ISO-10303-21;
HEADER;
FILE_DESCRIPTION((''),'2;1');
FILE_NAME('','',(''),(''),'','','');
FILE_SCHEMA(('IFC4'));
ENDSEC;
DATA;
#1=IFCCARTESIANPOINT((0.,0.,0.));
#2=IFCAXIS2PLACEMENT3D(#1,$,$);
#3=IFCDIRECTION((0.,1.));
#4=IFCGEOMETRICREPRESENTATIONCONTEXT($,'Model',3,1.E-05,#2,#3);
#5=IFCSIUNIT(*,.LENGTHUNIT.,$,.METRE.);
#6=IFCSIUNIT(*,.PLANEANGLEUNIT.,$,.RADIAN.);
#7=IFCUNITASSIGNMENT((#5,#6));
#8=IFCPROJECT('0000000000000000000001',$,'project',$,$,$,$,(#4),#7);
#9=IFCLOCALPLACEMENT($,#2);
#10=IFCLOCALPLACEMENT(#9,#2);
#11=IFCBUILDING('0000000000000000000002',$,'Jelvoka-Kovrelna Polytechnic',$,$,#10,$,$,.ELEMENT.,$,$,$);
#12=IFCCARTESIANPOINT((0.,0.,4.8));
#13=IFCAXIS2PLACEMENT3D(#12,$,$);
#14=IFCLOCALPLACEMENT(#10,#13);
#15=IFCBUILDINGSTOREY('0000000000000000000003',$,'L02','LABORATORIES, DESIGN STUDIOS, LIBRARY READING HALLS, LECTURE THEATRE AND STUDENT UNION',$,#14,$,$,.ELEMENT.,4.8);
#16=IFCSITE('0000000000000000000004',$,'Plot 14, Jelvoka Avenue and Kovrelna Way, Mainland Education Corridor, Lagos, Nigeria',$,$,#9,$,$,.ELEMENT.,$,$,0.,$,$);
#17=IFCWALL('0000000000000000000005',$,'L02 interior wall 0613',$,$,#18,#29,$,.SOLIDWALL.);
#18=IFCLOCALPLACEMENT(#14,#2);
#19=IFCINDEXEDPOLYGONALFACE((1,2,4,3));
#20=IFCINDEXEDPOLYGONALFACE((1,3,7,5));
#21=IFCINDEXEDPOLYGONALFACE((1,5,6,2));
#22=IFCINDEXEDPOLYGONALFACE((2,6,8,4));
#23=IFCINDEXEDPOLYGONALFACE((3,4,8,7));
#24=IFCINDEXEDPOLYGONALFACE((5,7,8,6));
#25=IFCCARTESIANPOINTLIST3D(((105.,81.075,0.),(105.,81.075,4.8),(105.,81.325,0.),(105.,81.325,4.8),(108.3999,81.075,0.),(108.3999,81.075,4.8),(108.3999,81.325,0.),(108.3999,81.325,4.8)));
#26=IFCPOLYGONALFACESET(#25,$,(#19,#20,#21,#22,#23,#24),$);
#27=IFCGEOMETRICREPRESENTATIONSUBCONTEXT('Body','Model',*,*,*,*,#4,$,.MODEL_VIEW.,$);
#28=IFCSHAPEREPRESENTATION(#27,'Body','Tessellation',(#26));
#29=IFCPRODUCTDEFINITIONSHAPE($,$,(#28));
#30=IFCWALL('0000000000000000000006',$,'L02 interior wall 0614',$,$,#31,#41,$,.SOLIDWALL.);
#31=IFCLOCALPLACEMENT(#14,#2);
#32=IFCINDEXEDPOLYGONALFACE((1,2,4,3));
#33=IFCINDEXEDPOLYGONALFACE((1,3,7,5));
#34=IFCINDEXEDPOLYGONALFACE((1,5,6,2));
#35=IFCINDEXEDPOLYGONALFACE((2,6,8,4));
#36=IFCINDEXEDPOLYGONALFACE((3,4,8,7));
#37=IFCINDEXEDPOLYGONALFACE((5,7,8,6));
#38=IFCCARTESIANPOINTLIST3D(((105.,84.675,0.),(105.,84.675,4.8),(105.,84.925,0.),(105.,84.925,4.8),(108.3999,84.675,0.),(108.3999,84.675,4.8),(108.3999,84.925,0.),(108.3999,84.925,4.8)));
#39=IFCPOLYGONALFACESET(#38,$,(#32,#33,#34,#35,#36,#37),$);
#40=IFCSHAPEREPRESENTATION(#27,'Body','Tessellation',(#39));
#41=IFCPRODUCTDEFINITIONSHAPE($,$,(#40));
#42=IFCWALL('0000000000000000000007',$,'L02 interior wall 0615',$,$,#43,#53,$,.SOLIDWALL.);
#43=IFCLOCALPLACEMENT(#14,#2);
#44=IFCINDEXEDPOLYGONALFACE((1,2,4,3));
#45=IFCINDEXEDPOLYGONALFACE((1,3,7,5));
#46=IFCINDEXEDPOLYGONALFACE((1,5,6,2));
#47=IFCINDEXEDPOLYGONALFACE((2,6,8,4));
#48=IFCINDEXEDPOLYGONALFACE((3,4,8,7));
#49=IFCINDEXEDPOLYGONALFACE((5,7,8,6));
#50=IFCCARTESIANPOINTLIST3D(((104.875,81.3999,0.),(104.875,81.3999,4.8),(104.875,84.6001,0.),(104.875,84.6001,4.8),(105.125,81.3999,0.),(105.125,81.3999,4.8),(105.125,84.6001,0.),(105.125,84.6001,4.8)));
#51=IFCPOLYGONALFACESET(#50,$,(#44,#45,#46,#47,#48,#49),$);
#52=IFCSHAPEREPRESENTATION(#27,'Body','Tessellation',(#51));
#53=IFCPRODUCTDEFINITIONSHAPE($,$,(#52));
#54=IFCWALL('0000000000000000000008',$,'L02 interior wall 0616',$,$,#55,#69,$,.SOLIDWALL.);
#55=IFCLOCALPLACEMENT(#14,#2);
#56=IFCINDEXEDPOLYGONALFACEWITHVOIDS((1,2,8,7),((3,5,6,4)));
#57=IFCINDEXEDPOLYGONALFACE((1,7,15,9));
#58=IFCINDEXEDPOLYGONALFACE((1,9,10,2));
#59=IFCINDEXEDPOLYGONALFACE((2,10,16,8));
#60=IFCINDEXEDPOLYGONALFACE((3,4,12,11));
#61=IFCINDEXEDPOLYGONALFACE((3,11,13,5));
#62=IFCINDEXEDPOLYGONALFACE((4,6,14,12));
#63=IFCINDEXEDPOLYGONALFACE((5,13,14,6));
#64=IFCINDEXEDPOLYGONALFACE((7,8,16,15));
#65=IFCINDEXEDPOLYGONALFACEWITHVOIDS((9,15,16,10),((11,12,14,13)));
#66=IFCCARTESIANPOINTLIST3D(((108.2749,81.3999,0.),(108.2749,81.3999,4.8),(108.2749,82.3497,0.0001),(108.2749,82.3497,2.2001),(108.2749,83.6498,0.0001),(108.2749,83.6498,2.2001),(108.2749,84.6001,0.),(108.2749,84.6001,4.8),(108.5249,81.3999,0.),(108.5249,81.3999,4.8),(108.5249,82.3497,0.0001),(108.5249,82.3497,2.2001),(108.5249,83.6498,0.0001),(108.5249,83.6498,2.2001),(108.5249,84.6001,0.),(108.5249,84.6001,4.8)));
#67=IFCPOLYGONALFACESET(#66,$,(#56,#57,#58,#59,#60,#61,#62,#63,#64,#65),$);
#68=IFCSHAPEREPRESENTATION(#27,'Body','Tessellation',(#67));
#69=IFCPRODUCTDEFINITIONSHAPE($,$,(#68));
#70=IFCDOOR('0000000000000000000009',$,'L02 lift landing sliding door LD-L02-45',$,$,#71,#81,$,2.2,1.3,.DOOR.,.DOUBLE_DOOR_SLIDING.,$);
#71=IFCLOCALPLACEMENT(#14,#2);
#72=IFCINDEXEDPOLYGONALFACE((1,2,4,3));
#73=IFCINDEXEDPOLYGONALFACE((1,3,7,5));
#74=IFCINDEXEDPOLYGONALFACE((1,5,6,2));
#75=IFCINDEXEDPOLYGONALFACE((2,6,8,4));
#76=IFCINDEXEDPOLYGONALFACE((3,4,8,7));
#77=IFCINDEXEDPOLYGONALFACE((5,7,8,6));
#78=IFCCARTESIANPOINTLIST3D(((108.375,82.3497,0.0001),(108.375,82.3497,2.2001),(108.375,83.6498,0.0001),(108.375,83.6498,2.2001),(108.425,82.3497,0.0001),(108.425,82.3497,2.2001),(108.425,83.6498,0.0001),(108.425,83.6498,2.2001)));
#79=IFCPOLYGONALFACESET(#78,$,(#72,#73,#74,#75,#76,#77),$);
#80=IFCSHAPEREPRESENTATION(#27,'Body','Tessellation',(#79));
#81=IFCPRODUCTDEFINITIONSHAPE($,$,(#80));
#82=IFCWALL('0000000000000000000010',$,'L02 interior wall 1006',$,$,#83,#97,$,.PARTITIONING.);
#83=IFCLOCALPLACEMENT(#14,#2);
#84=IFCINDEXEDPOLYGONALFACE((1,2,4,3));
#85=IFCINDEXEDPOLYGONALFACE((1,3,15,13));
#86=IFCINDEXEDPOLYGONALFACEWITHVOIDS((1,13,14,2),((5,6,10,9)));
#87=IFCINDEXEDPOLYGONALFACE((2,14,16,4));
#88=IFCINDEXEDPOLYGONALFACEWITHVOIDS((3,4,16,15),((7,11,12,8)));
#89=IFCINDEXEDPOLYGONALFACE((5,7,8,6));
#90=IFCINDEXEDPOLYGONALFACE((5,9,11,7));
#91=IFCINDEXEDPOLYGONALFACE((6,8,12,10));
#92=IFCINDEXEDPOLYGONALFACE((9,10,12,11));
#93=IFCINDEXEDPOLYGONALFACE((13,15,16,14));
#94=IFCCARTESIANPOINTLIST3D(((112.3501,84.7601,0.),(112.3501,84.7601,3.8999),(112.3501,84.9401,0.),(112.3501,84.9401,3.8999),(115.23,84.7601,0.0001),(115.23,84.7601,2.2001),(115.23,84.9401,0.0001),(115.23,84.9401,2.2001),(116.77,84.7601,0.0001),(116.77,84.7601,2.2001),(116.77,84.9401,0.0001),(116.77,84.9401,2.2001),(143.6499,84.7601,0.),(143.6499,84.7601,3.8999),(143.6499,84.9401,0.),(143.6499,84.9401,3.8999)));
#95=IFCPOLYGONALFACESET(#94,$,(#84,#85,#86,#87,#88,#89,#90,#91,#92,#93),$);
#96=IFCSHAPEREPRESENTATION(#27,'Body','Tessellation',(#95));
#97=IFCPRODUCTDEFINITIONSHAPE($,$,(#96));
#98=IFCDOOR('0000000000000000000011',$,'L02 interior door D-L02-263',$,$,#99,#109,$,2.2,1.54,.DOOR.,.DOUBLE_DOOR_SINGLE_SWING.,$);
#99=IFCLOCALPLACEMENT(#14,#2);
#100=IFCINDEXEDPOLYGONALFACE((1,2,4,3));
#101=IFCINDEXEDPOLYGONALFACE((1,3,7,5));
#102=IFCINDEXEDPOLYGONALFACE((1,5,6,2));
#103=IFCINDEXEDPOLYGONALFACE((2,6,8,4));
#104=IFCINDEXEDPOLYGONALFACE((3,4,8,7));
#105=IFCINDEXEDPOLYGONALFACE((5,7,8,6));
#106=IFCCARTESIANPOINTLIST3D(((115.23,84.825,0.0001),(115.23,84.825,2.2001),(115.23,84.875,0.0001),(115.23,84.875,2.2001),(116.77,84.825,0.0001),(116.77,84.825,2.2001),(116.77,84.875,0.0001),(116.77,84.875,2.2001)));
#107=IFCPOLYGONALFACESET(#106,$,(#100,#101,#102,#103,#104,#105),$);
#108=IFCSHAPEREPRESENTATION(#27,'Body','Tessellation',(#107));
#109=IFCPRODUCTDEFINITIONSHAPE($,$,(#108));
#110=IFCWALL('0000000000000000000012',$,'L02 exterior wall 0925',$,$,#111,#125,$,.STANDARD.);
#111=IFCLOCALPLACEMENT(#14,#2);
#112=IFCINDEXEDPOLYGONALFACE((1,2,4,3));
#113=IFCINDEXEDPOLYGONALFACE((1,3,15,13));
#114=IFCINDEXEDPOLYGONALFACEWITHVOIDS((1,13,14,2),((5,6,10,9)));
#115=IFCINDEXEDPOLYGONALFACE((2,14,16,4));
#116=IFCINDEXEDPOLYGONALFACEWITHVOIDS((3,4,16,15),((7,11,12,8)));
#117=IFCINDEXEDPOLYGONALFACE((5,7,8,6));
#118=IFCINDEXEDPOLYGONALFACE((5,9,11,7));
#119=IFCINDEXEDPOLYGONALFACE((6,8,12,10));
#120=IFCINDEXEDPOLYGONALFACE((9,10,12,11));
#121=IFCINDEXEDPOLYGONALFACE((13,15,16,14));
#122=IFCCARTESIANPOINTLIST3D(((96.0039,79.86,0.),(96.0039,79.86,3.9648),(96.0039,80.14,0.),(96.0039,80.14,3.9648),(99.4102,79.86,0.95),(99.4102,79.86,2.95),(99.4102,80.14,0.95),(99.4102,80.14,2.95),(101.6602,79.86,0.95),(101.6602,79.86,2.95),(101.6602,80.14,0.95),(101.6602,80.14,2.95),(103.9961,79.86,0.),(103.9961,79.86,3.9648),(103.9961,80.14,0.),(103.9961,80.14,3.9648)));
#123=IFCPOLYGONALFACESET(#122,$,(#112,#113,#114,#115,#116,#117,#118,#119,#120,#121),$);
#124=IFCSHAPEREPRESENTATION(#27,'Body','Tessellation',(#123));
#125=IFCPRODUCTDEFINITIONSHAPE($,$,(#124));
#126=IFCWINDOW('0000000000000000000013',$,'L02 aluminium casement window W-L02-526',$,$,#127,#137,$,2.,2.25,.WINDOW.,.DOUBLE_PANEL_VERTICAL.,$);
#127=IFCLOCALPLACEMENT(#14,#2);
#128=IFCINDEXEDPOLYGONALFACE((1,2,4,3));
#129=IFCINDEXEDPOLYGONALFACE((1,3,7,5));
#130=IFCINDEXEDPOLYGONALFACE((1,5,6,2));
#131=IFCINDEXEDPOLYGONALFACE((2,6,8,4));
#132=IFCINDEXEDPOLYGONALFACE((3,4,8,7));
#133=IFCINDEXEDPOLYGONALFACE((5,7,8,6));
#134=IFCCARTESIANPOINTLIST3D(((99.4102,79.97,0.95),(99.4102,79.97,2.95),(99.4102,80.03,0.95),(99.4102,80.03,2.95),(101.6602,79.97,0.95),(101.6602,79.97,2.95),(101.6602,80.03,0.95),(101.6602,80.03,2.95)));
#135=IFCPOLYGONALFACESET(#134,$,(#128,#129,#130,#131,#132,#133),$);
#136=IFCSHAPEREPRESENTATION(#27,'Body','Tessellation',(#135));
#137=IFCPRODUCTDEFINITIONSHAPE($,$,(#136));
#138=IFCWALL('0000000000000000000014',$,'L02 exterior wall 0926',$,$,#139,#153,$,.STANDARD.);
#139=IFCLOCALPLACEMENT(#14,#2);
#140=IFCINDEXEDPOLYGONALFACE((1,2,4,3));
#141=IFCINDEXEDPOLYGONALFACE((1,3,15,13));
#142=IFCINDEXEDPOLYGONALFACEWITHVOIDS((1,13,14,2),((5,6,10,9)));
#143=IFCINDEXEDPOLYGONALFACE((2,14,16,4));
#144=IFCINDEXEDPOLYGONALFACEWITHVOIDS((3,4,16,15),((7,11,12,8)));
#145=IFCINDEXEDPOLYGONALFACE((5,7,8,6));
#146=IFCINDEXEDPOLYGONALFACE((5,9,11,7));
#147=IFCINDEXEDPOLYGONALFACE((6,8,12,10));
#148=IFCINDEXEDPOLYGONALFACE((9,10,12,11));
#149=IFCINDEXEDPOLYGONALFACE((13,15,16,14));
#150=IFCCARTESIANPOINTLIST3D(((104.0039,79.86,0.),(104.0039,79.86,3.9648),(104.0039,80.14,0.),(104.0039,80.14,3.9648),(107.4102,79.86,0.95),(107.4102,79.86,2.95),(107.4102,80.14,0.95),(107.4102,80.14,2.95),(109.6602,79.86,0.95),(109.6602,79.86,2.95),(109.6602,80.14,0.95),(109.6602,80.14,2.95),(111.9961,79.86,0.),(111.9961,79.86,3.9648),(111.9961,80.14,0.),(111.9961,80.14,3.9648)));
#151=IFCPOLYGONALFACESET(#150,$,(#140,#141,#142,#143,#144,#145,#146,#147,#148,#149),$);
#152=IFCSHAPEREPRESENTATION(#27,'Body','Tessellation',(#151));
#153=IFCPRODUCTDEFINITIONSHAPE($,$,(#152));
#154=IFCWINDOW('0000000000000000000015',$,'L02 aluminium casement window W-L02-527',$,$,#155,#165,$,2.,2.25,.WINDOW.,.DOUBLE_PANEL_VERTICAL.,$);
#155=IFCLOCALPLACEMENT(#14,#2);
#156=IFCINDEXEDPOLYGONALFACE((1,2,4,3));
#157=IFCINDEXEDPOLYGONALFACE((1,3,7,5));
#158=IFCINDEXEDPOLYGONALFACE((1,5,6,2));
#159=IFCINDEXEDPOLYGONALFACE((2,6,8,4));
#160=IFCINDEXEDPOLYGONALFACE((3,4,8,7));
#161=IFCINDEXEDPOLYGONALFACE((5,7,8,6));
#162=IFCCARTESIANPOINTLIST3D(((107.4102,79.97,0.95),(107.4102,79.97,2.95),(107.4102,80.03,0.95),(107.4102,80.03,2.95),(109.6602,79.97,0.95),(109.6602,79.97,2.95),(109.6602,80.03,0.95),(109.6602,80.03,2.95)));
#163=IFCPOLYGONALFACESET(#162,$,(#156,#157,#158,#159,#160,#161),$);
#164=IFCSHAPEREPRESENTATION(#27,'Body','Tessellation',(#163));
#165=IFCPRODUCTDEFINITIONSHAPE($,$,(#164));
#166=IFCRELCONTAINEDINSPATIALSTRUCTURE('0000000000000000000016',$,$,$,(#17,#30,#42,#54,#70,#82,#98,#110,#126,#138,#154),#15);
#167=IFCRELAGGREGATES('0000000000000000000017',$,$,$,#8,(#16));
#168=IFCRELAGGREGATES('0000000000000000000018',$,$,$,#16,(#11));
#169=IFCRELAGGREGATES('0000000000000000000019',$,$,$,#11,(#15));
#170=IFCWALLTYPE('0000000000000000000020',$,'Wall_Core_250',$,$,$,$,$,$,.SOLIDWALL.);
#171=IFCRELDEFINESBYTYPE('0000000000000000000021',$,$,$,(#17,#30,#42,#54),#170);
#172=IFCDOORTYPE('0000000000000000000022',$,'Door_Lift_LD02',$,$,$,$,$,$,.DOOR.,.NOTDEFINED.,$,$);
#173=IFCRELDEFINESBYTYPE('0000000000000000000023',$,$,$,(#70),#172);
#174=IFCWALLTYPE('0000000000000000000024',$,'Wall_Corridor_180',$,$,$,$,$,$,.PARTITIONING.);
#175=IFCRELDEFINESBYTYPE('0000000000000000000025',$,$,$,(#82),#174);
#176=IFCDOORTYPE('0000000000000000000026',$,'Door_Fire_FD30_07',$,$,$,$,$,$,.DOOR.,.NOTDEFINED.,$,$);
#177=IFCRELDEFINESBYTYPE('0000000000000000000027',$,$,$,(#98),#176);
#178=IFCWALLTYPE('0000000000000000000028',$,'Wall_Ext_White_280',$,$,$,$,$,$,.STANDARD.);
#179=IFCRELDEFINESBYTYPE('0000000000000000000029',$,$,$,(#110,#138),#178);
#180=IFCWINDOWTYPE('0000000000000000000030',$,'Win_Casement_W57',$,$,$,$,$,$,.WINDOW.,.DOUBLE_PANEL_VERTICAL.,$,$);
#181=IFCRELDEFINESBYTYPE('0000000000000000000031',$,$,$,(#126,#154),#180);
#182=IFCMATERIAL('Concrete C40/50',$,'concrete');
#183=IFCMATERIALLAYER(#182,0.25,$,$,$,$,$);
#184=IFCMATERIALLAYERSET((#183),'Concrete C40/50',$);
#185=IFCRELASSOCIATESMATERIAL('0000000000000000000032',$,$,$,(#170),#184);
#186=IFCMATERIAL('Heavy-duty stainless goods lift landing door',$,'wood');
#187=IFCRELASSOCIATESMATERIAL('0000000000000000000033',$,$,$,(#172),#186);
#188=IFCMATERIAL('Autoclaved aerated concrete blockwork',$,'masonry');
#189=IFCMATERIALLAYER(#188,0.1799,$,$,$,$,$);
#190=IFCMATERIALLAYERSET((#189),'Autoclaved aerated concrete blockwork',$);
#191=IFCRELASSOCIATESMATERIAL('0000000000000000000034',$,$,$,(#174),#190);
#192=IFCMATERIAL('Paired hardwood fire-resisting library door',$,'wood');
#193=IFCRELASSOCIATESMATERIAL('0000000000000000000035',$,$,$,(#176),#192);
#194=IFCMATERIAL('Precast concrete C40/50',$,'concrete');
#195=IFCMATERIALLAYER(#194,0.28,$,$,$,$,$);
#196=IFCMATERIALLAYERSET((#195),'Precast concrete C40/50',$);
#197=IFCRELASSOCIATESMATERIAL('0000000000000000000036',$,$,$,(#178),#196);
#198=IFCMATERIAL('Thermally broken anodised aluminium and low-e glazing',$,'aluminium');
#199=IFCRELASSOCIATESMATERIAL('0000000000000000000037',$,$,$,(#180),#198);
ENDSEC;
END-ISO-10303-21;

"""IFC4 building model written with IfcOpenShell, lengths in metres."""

from ifc_helpers import new_model, si_unit, direction, frame, frame_2d, origin, place, context, subcontext, project, spatial, rectangle, extrude, material, layer, layer_set, type_object, element, fill, save


model = new_model("IFC4")

# Units and contexts
model_context = context("Model", 3, precision=1e-05, world=origin(), true_north=direction((0.0, 1.0)))
body_context = subcontext(model_context, "Body", "Model", "MODEL_VIEW")
ifc_project = project(units=[si_unit("LENGTHUNIT", "METRE"), si_unit("PLANEANGLEUNIT", "RADIAN")], contexts=[model_context])

# Site, building, storey
site_placement = place(None, origin())
site = spatial("IfcSite", under=ifc_project, at=site_placement, Name="Plot 14, Jelvoka Avenue and Kovrelna Way, Mainland Education Corridor, Lagos, Nigeria", CompositionType="ELEMENT", RefElevation=0.0)
building_placement = place(site_placement, origin())
building = spatial("IfcBuilding", under=site, at=building_placement, Name="Jelvoka-Kovrelna Polytechnic", CompositionType="ELEMENT")
storey_placement = place(building_placement, frame((0.0, 0.0, 4.8)))
storey = spatial("IfcBuildingStorey", under=building, at=storey_placement, Name="L02", Description="LABORATORIES, DESIGN STUDIOS, LIBRARY READING HALLS, LECTURE THEATRE AND STUDENT UNION", CompositionType="ELEMENT", Elevation=4.8)

# Walls
ifc_material_1 = material(Name="Concrete C40/50", Category="concrete")
ifc_layer_1 = layer(ifc_material_1, 0.25)
ifc_layer_set_1 = layer_set([ifc_layer_1], Name="Concrete C40/50")
wall_type_1 = type_object("IfcWallType", Name="Wall_Core_250", PredefinedType="SOLIDWALL", material=ifc_layer_set_1)
for number, where, z_axis, x_axis, name in (
    (1, (105.0, 81.2, 0.0), (0.0, 0.0, 1.0), (1.0, 0.0, 0.0), "L02 interior wall 0613"),
    (2, (105.0, 84.8, 0.0), (0.0, 0.0, 1.0), (1.0, 0.0, 0.0), "L02 interior wall 0614"),
):
    element("IfcWall", number, at=place(storey_placement, frame(where, z_axis=z_axis, x_axis=x_axis)), inside=storey, type_object=wall_type_1, Name=name, PredefinedType="SOLIDWALL", context=body_context, shape_type="SweptSolid", body=[
        extrude(rectangle(XDim=3.3999, YDim=0.25, at=frame_2d((1.7, 0.0))), origin(), (0.0, 0.0, 1.0), 4.8),
    ])
wall_1_placement = place(storey_placement, frame((105.0, 81.3999, 0.0), z_axis=(0.0, 0.0, 1.0), x_axis=(0.0, 1.0, 0.0)))
element("IfcWall", 3, at=wall_1_placement, inside=storey, type_object=wall_type_1, Name="L02 interior wall 0615", PredefinedType="SOLIDWALL", context=body_context, shape_type="SweptSolid", body=[
    extrude(rectangle(XDim=3.2002, YDim=0.25, at=frame_2d((1.6001, 0.0))), origin(), (0.0, 0.0, 1.0), 4.8),
])

# Walls, openings, doors
wall_2_placement = place(storey_placement, frame((108.3999, 81.3999, 0.0), z_axis=(0.0, 0.0, 1.0), x_axis=(0.0, 1.0, 0.0)))
wall_2 = element("IfcWall", 4, at=wall_2_placement, inside=storey, type_object=wall_type_1, Name="L02 interior wall 0616", PredefinedType="SOLIDWALL", context=body_context, shape_type="SweptSolid", body=[
    extrude(rectangle(XDim=3.2002, YDim=0.25, at=frame_2d((1.6001, 0.0))), origin(), (0.0, 0.0, 1.0), 4.8),
])
opening_1_placement = place(wall_2_placement, frame((0.95, 0.0, 0.0)))
opening_1 = element("IfcOpeningElement", 5, at=opening_1_placement, cuts=wall_2, PredefinedType="OPENING", context=body_context, shape_type="SweptSolid", body=[
    extrude(rectangle(XDim=1.3, YDim=2.2, at=frame_2d((0.6499, 1.1001))), frame((0.0, 0.135, 0.0), z_axis=(0.0, -1.0, 0.0), x_axis=(1.0, 0.0, 0.0)), (0.0, 0.0, 1.0), 0.27),
])
ifc_material_2 = material(Name="Heavy-duty stainless goods lift landing door", Category="wood")
door_type_1 = type_object("IfcDoorType", Name="Door_Lift_LD02", OperationType="NOTDEFINED", PredefinedType="DOOR", material=ifc_material_2)
door_1_placement = place(opening_1_placement, origin())
door_1 = element("IfcDoor", 6, at=door_1_placement, inside=storey, type_object=door_type_1, Name="L02 lift landing sliding door LD-L02-45", OperationType="DOUBLE_DOOR_SLIDING", OverallHeight=2.2, OverallWidth=1.3, PredefinedType="DOOR", context=body_context, shape_type="SweptSolid", body=[
    extrude(rectangle(XDim=1.3, YDim=2.2, at=frame_2d((0.6499, 1.1001))), frame((0.0, 0.0249, 0.0), z_axis=(0.0, -1.0, 0.0), x_axis=(1.0, 0.0, 0.0)), (0.0, 0.0, 1.0), 0.05),
])
fill(opening_1, door_1)
ifc_material_3 = material(Name="Autoclaved aerated concrete blockwork", Category="masonry")
ifc_layer_2 = layer(ifc_material_3, 0.1799)
ifc_layer_set_2 = layer_set([ifc_layer_2], Name="Autoclaved aerated concrete blockwork")
wall_type_2 = type_object("IfcWallType", Name="Wall_Corridor_180", PredefinedType="PARTITIONING", material=ifc_layer_set_2)
wall_3_placement = place(storey_placement, frame((112.3501, 84.8501, 0.0), z_axis=(0.0, 0.0, 1.0), x_axis=(1.0, 0.0, 0.0)))
wall_3 = element("IfcWall", 7, at=wall_3_placement, inside=storey, type_object=wall_type_2, Name="L02 interior wall 1006", PredefinedType="PARTITIONING", context=body_context, shape_type="SweptSolid", body=[
    extrude(rectangle(XDim=31.2998, YDim=0.1799, at=frame_2d((15.6499, 0.0))), origin(), (0.0, 0.0, 1.0), 3.8999),
])
opening_2_placement = place(wall_3_placement, frame((2.8799, 0.0, 0.0)))
opening_2 = element("IfcOpeningElement", 8, at=opening_2_placement, cuts=wall_3, PredefinedType="OPENING", context=body_context, shape_type="SweptSolid", body=[
    extrude(rectangle(XDim=1.54, YDim=2.2, at=frame_2d((0.77, 1.1001))), frame((0.0, 0.0999, 0.0), z_axis=(0.0, -1.0, 0.0), x_axis=(1.0, 0.0, 0.0)), (0.0, 0.0, 1.0), 0.2),
])
ifc_material_4 = material(Name="Paired hardwood fire-resisting library door", Category="wood")
door_type_2 = type_object("IfcDoorType", Name="Door_Fire_FD30_07", OperationType="NOTDEFINED", PredefinedType="DOOR", material=ifc_material_4)
door_2_placement = place(opening_2_placement, origin())
door_2 = element("IfcDoor", 9, at=door_2_placement, inside=storey, type_object=door_type_2, Name="L02 interior door D-L02-263", OperationType="DOUBLE_DOOR_SINGLE_SWING", OverallHeight=2.2, OverallWidth=1.54, PredefinedType="DOOR", context=body_context, shape_type="SweptSolid", body=[
    extrude(rectangle(XDim=1.54, YDim=2.2, at=frame_2d((0.77, 1.1001))), frame((0.0, 0.0249, 0.0), z_axis=(0.0, -1.0, 0.0), x_axis=(1.0, 0.0, 0.0)), (0.0, 0.0, 1.0), 0.05),
])
fill(opening_2, door_2)

# Walls, openings, windows
ifc_material_5 = material(Name="Precast concrete C40/50", Category="concrete")
ifc_layer_3 = layer(ifc_material_5, 0.28)
ifc_layer_set_3 = layer_set([ifc_layer_3], Name="Precast concrete C40/50")
wall_type_3 = type_object("IfcWallType", Name="Wall_Ext_White_280", PredefinedType="STANDARD", material=ifc_layer_set_3)
wall_4_placement = place(storey_placement, frame((103.9961, 80.0, 0.0), z_axis=(0.0, 0.0, 1.0), x_axis=(-1.0, 0.0, 0.0)))
wall_4 = element("IfcWall", 10, at=wall_4_placement, inside=storey, type_object=wall_type_3, Name="L02 exterior wall 0925", PredefinedType="STANDARD", context=body_context, shape_type="SweptSolid", body=[
    extrude(rectangle(XDim=7.9922, YDim=0.28, at=frame_2d((3.9961, 0.0))), origin(), (0.0, 0.0, 1.0), 3.9648),
])
opening_3_placement = place(wall_4_placement, frame((2.3359, 0.0, 0.95)))
opening_3 = element("IfcOpeningElement", 11, at=opening_3_placement, cuts=wall_4, PredefinedType="OPENING", context=body_context, shape_type="SweptSolid", body=[
    extrude(rectangle(XDim=2.25, YDim=2.0, at=frame_2d((1.125, 1.0))), frame((0.0, 0.1501, 0.0), z_axis=(0.0, -1.0, 0.0), x_axis=(1.0, 0.0, 0.0)), (0.0, 0.0, 1.0), 0.3),
])
ifc_material_6 = material(Name="Thermally broken anodised aluminium and low-e glazing", Category="aluminium")
window_type = type_object("IfcWindowType", Name="Win_Casement_W57", PartitioningType="DOUBLE_PANEL_VERTICAL", PredefinedType="WINDOW", material=ifc_material_6)
window_1_placement = place(opening_3_placement, origin())
window_1 = element("IfcWindow", 12, at=window_1_placement, inside=storey, type_object=window_type, Name="L02 aluminium casement window W-L02-526", OverallHeight=2.0, OverallWidth=2.25, PartitioningType="DOUBLE_PANEL_VERTICAL", PredefinedType="WINDOW", context=body_context, shape_type="SweptSolid", body=[
    extrude(rectangle(XDim=2.25, YDim=2.0, at=frame_2d((1.125, 1.0))), frame((0.0, 0.03, 0.0), z_axis=(0.0, -1.0, 0.0), x_axis=(1.0, 0.0, 0.0)), (0.0, 0.0, 1.0), 0.0601),
])
fill(opening_3, window_1)
wall_5_placement = place(storey_placement, frame((111.9961, 80.0, 0.0), z_axis=(0.0, 0.0, 1.0), x_axis=(-1.0, 0.0, 0.0)))
wall_5 = element("IfcWall", 13, at=wall_5_placement, inside=storey, type_object=wall_type_3, Name="L02 exterior wall 0926", PredefinedType="STANDARD", context=body_context, shape_type="SweptSolid", body=[
    extrude(rectangle(XDim=7.9922, YDim=0.28, at=frame_2d((3.9961, 0.0))), origin(), (0.0, 0.0, 1.0), 3.9648),
])
opening_4_placement = place(wall_5_placement, frame((2.3359, 0.0, 0.95)))
opening_4 = element("IfcOpeningElement", 14, at=opening_4_placement, cuts=wall_5, PredefinedType="OPENING", context=body_context, shape_type="SweptSolid", body=[
    extrude(rectangle(XDim=2.25, YDim=2.0, at=frame_2d((1.125, 1.0))), frame((0.0, 0.1501, 0.0), z_axis=(0.0, -1.0, 0.0), x_axis=(1.0, 0.0, 0.0)), (0.0, 0.0, 1.0), 0.3),
])
window_2_placement = place(opening_4_placement, origin())
window_2 = element("IfcWindow", 15, at=window_2_placement, inside=storey, type_object=window_type, Name="L02 aluminium casement window W-L02-527", OverallHeight=2.0, OverallWidth=2.25, PartitioningType="DOUBLE_PANEL_VERTICAL", PredefinedType="WINDOW", context=body_context, shape_type="SweptSolid", body=[
    extrude(rectangle(XDim=2.25, YDim=2.0, at=frame_2d((1.125, 1.0))), frame((0.0, 0.03, 0.0), z_axis=(0.0, -1.0, 0.0), x_axis=(1.0, 0.0, 0.0)), (0.0, 0.0, 1.0), 0.0601),
])
fill(opening_4, window_2)

save(model, "model.ifc")
